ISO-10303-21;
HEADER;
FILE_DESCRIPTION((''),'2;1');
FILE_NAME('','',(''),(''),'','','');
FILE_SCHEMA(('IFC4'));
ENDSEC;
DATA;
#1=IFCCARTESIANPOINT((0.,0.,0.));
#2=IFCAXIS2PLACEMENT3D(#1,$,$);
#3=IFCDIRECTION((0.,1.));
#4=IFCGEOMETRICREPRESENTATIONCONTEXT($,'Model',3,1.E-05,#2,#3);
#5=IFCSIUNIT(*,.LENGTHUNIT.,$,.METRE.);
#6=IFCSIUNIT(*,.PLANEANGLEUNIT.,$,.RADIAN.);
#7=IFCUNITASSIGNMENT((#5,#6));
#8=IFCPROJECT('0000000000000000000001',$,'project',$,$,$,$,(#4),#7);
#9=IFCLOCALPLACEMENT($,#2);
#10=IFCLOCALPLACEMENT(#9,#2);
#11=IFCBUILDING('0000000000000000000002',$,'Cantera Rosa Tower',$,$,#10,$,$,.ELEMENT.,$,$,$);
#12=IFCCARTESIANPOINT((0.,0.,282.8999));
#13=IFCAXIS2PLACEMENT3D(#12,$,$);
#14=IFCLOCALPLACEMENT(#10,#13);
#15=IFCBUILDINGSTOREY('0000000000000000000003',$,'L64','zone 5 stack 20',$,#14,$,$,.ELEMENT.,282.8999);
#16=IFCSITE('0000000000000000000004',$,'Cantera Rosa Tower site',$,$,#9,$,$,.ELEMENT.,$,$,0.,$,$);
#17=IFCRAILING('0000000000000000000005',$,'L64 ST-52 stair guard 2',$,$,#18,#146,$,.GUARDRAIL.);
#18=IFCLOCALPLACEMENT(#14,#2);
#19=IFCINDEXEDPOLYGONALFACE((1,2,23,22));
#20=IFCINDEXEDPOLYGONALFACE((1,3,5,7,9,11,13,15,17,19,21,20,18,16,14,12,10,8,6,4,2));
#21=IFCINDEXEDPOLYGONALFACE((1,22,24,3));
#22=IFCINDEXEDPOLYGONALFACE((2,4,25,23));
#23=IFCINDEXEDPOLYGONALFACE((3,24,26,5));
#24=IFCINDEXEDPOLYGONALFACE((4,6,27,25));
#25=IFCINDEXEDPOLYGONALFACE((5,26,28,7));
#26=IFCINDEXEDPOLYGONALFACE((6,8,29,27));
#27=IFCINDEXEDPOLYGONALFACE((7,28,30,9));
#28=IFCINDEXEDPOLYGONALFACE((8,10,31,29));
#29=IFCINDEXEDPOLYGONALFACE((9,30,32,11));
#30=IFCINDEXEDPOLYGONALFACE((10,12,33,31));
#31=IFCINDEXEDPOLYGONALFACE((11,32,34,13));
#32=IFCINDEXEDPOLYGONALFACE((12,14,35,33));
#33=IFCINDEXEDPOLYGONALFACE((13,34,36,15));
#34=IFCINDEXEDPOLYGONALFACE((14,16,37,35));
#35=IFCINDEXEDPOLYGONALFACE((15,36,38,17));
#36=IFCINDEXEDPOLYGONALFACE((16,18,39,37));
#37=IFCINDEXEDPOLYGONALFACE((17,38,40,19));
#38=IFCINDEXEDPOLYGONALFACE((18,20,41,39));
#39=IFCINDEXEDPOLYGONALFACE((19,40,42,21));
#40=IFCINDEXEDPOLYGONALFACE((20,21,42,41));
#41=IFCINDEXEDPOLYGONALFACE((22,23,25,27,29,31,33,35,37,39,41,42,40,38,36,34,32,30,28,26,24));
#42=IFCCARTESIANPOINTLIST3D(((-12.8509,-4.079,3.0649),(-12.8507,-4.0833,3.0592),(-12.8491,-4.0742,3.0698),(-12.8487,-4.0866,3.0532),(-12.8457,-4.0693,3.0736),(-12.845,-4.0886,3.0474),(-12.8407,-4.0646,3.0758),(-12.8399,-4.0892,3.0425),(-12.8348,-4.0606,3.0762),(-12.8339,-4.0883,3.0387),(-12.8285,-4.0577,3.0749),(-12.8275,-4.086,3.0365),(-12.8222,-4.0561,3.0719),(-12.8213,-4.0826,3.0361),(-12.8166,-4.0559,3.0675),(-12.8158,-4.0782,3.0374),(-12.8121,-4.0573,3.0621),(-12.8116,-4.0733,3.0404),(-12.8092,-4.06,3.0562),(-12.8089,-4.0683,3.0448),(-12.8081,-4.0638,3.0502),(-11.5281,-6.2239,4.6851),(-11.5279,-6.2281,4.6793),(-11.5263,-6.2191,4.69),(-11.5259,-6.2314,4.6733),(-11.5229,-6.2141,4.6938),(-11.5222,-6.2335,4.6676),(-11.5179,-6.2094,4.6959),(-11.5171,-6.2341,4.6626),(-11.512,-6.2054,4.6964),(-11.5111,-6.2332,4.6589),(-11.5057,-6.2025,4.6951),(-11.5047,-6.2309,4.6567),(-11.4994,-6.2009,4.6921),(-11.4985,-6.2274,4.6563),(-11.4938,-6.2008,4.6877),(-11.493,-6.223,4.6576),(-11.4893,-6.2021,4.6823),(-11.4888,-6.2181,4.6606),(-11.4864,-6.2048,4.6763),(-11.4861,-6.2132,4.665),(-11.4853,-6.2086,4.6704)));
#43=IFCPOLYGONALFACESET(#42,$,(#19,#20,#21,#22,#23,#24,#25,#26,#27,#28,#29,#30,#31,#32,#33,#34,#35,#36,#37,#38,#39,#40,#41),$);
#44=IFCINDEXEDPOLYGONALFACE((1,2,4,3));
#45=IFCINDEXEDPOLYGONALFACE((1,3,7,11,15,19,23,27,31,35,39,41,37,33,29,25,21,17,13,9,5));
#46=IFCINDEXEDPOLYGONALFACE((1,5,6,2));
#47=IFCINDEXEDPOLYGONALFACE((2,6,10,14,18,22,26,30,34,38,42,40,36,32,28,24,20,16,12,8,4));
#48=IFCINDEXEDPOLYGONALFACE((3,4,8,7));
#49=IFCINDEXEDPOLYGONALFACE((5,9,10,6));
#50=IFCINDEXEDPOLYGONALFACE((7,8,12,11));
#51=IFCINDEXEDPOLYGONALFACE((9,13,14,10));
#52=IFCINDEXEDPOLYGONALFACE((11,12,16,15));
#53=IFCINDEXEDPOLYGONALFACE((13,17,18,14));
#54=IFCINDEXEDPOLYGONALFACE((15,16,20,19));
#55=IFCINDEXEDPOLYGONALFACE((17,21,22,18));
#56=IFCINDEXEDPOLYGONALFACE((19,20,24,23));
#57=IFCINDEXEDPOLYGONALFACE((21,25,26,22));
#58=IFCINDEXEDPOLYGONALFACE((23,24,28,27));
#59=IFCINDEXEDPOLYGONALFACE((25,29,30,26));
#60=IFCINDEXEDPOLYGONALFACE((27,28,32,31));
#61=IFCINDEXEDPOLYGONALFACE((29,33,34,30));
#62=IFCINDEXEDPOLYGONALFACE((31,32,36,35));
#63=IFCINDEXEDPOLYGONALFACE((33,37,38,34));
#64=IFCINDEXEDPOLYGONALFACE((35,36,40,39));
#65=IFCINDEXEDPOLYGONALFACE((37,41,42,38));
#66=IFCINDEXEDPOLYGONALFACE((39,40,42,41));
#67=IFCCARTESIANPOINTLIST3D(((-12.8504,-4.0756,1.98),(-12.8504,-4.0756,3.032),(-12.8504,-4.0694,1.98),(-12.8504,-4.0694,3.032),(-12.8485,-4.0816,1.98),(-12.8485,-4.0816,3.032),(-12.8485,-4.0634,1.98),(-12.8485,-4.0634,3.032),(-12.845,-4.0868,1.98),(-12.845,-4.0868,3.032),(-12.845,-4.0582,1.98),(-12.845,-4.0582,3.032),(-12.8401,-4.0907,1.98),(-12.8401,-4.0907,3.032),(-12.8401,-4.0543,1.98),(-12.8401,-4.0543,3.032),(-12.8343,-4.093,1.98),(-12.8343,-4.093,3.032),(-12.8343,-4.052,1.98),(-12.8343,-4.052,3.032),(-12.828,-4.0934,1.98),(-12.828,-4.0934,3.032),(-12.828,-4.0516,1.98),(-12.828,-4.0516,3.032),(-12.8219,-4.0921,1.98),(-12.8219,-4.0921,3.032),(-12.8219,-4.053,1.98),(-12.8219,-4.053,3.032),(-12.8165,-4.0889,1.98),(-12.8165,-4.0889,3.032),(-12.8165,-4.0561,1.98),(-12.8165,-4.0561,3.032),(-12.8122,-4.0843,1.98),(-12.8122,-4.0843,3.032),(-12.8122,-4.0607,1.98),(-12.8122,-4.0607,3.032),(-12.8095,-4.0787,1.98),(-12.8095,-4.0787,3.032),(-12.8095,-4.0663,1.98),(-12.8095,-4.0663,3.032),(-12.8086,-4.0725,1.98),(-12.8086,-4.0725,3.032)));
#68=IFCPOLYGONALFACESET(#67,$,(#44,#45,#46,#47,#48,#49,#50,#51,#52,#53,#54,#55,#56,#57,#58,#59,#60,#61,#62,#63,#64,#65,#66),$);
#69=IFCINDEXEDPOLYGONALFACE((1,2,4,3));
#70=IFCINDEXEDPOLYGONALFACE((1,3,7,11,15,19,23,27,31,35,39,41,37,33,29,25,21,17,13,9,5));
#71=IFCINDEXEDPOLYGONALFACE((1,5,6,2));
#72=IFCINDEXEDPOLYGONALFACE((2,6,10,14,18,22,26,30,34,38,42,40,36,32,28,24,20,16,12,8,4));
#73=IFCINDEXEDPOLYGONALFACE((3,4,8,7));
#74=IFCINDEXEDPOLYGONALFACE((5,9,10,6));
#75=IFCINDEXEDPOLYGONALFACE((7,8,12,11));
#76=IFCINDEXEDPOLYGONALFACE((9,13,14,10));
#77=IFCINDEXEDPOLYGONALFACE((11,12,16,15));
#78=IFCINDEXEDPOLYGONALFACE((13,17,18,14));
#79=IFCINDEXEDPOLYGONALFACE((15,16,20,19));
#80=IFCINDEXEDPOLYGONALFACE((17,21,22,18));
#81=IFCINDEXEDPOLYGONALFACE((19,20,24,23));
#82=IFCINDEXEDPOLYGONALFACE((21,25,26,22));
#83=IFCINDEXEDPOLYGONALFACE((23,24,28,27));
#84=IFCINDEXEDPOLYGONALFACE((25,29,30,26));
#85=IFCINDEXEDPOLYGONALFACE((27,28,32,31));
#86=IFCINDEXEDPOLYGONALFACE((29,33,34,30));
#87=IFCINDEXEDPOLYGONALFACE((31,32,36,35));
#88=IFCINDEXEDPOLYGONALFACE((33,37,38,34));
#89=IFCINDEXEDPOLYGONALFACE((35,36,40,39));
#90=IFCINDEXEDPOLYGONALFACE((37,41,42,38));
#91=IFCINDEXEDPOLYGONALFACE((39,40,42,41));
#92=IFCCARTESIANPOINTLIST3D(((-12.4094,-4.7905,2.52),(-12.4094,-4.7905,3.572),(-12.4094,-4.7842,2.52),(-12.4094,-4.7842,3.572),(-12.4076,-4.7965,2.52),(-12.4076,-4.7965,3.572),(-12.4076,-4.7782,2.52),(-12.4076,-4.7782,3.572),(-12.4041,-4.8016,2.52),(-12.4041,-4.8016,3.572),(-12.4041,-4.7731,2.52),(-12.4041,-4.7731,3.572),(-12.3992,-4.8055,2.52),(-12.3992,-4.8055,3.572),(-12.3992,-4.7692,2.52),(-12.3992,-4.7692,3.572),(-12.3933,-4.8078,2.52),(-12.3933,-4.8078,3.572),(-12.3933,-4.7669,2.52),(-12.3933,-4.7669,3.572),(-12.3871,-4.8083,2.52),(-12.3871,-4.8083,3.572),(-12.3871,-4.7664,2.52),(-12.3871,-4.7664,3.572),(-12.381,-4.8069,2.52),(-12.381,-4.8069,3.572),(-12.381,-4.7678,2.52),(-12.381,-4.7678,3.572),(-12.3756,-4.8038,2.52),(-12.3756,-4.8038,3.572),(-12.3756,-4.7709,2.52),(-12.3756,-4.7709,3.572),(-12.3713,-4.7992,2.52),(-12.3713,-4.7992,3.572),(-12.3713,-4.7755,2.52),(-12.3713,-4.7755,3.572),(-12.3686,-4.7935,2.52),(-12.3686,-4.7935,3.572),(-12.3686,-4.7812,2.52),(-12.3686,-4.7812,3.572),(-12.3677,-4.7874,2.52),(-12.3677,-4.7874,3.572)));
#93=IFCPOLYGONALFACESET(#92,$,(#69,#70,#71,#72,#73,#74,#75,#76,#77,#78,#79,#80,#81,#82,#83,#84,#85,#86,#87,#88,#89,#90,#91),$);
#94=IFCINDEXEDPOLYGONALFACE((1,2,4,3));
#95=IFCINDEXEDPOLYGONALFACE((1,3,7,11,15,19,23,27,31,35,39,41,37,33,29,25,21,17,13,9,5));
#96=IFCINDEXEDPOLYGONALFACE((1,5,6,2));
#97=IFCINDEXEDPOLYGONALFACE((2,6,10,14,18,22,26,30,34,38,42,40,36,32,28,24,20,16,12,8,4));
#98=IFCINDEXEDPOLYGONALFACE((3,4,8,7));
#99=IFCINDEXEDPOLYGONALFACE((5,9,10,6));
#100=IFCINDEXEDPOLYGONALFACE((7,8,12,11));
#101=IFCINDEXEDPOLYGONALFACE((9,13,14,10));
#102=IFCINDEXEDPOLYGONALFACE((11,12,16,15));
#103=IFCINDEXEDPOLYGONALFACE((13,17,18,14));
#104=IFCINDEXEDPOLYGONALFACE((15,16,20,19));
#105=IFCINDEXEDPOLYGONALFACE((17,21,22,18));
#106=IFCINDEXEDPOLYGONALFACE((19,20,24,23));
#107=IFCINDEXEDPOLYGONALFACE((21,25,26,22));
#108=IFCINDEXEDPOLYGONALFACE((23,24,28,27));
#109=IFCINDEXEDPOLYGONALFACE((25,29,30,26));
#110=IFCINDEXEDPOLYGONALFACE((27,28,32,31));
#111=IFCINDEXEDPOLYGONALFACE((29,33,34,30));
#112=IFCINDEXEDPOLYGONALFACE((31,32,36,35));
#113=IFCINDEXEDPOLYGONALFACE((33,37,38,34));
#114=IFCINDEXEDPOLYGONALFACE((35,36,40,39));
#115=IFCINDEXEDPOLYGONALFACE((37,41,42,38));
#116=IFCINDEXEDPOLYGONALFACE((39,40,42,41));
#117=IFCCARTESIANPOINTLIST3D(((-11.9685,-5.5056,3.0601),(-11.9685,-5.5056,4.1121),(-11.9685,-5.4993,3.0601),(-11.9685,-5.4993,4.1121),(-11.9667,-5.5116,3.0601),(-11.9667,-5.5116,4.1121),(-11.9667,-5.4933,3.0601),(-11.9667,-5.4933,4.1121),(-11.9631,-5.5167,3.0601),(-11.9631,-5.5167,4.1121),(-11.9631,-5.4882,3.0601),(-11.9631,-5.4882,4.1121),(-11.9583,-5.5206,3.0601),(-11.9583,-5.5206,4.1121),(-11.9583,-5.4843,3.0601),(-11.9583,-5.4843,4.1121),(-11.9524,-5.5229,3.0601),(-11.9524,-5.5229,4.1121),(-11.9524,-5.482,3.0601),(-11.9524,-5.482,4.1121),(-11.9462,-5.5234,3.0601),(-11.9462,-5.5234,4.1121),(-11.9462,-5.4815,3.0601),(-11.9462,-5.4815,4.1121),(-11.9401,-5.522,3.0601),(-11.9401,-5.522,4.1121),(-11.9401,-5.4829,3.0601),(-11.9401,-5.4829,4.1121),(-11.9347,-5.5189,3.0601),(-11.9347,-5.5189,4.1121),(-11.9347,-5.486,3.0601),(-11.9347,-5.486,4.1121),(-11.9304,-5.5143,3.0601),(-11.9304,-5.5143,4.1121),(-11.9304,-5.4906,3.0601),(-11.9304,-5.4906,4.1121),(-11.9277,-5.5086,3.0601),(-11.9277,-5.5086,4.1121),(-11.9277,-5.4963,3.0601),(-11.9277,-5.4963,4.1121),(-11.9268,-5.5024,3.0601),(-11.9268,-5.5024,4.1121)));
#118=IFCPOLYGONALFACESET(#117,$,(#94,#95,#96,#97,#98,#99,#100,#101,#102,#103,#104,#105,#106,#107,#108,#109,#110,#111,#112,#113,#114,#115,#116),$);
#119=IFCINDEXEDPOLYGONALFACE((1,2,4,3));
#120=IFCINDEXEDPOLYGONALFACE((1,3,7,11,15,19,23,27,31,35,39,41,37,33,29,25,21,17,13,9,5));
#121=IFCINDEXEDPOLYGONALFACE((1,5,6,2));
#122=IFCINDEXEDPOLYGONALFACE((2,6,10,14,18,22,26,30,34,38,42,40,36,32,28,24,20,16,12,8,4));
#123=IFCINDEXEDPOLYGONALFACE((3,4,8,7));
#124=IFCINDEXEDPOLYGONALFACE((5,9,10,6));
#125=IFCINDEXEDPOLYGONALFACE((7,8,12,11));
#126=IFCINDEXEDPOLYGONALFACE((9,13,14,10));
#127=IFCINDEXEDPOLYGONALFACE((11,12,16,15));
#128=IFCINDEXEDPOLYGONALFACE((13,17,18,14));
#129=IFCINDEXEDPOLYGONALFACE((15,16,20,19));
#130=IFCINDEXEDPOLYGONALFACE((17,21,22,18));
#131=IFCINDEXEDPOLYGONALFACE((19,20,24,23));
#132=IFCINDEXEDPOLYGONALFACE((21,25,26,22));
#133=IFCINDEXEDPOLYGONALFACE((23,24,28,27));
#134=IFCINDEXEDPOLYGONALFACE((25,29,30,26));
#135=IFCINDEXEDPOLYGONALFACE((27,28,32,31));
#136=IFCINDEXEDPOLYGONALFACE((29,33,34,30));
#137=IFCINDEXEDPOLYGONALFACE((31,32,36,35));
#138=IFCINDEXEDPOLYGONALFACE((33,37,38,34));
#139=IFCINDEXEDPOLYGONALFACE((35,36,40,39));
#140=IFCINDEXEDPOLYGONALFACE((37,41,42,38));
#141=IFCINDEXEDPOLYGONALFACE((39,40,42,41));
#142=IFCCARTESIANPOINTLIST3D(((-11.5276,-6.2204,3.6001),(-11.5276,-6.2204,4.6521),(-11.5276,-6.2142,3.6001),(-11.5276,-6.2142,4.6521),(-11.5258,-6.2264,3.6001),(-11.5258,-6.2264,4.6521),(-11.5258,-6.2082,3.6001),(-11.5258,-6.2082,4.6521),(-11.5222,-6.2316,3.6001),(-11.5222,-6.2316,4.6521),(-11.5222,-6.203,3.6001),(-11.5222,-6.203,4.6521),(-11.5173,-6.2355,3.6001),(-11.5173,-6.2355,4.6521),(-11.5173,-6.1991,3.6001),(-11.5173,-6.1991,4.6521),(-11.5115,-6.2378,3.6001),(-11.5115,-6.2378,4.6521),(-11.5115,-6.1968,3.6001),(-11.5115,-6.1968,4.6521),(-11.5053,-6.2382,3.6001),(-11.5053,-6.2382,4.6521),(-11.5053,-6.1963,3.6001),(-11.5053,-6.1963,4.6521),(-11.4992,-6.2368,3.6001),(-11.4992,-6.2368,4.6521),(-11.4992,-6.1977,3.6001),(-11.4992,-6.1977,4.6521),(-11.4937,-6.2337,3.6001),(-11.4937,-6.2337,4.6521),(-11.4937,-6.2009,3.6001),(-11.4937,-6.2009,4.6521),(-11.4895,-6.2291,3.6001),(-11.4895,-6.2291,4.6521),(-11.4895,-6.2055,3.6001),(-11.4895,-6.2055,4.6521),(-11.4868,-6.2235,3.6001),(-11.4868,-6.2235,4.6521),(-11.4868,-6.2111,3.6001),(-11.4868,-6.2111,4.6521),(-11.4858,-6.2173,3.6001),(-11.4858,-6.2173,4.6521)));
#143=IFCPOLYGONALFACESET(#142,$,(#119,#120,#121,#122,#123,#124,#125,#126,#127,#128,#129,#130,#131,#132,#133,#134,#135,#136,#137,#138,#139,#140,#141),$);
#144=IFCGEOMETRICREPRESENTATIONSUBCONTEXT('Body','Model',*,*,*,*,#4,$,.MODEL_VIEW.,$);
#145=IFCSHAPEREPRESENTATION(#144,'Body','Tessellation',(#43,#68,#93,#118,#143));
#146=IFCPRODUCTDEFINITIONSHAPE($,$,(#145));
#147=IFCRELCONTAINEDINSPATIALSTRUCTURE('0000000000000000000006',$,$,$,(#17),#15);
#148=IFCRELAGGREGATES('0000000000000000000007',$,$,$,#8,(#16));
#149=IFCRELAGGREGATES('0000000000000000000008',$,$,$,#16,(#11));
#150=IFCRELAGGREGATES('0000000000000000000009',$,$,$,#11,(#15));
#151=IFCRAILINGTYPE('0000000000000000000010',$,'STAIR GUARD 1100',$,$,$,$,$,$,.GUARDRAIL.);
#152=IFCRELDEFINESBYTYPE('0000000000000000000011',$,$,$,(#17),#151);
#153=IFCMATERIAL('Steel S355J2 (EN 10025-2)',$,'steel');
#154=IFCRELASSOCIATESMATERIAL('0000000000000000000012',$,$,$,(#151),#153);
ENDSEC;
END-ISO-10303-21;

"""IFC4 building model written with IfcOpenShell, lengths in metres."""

from ifc_helpers import new_model, si_unit, direction, frame, origin, origin_2d, place, context, subcontext, project, spatial, circle, extrude, material, type_object, element, save


model = new_model("IFC4")

# Units and contexts
model_context = context("Model", 3, precision=1e-05, world=origin(), true_north=direction((0.0, 1.0)))
body_context = subcontext(model_context, "Body", "Model", "MODEL_VIEW")
ifc_project = project(units=[si_unit("LENGTHUNIT", "METRE"), si_unit("PLANEANGLEUNIT", "RADIAN")], contexts=[model_context])

# Site, building, storey
site_placement = place(None, origin())
site = spatial("IfcSite", under=ifc_project, at=site_placement, Name="Cantera Rosa Tower site", CompositionType="ELEMENT", RefElevation=0.0)
building_placement = place(site_placement, origin())
building = spatial("IfcBuilding", under=site, at=building_placement, Name="Cantera Rosa Tower", CompositionType="ELEMENT")
storey_placement = place(building_placement, frame((0.0, 0.0, 282.8999)))
storey = spatial("IfcBuildingStorey", under=building, at=storey_placement, Name="L64", Description="zone 5 stack 20", CompositionType="ELEMENT", Elevation=282.8999)

# Railing
ifc_material_1 = material(Name="Steel S355J2 (EN 10025-2)", Category="steel")
railing_type_1 = type_object("IfcRailingType", Name="STAIR GUARD 1100", PredefinedType="GUARDRAIL", material=ifc_material_1)
railing_1_placement = place(storey_placement, frame((-12.8296, -4.0725, 1.98)))
element("IfcRailing", 1, at=railing_1_placement, inside=storey, type_object=railing_type_1, Name="L64 ST-52 stair guard 2", PredefinedType="GUARDRAIL", context=body_context, shape_type="SweptSolid", body=[
    extrude(circle(Radius=0.0239, at=origin_2d()), frame((0.0, 0.0, 1.0762), z_axis=(0.441543, -0.715939, 0.540805), x_axis=(0.851146, 0.52493, 0.0)), (0.0, 0.0, 1.0), 2.9958),
    extrude(circle(Radius=0.021, at=origin_2d()), origin(), (0.0, 0.0, 1.0), 1.052),
    extrude(circle(Radius=0.021, at=origin_2d()), frame((0.4409, -0.7148, 0.54)), (0.0, 0.0, 1.0), 1.052),
    extrude(circle(Radius=0.021, at=origin_2d()), frame((0.8818, -1.4299, 1.0801)), (0.0, 0.0, 1.0), 1.052),
    extrude(circle(Radius=0.021, at=origin_2d()), frame((1.3228, -2.1448, 1.6201)), (0.0, 0.0, 1.0), 1.052),
])

save(model, "model.ifc")
